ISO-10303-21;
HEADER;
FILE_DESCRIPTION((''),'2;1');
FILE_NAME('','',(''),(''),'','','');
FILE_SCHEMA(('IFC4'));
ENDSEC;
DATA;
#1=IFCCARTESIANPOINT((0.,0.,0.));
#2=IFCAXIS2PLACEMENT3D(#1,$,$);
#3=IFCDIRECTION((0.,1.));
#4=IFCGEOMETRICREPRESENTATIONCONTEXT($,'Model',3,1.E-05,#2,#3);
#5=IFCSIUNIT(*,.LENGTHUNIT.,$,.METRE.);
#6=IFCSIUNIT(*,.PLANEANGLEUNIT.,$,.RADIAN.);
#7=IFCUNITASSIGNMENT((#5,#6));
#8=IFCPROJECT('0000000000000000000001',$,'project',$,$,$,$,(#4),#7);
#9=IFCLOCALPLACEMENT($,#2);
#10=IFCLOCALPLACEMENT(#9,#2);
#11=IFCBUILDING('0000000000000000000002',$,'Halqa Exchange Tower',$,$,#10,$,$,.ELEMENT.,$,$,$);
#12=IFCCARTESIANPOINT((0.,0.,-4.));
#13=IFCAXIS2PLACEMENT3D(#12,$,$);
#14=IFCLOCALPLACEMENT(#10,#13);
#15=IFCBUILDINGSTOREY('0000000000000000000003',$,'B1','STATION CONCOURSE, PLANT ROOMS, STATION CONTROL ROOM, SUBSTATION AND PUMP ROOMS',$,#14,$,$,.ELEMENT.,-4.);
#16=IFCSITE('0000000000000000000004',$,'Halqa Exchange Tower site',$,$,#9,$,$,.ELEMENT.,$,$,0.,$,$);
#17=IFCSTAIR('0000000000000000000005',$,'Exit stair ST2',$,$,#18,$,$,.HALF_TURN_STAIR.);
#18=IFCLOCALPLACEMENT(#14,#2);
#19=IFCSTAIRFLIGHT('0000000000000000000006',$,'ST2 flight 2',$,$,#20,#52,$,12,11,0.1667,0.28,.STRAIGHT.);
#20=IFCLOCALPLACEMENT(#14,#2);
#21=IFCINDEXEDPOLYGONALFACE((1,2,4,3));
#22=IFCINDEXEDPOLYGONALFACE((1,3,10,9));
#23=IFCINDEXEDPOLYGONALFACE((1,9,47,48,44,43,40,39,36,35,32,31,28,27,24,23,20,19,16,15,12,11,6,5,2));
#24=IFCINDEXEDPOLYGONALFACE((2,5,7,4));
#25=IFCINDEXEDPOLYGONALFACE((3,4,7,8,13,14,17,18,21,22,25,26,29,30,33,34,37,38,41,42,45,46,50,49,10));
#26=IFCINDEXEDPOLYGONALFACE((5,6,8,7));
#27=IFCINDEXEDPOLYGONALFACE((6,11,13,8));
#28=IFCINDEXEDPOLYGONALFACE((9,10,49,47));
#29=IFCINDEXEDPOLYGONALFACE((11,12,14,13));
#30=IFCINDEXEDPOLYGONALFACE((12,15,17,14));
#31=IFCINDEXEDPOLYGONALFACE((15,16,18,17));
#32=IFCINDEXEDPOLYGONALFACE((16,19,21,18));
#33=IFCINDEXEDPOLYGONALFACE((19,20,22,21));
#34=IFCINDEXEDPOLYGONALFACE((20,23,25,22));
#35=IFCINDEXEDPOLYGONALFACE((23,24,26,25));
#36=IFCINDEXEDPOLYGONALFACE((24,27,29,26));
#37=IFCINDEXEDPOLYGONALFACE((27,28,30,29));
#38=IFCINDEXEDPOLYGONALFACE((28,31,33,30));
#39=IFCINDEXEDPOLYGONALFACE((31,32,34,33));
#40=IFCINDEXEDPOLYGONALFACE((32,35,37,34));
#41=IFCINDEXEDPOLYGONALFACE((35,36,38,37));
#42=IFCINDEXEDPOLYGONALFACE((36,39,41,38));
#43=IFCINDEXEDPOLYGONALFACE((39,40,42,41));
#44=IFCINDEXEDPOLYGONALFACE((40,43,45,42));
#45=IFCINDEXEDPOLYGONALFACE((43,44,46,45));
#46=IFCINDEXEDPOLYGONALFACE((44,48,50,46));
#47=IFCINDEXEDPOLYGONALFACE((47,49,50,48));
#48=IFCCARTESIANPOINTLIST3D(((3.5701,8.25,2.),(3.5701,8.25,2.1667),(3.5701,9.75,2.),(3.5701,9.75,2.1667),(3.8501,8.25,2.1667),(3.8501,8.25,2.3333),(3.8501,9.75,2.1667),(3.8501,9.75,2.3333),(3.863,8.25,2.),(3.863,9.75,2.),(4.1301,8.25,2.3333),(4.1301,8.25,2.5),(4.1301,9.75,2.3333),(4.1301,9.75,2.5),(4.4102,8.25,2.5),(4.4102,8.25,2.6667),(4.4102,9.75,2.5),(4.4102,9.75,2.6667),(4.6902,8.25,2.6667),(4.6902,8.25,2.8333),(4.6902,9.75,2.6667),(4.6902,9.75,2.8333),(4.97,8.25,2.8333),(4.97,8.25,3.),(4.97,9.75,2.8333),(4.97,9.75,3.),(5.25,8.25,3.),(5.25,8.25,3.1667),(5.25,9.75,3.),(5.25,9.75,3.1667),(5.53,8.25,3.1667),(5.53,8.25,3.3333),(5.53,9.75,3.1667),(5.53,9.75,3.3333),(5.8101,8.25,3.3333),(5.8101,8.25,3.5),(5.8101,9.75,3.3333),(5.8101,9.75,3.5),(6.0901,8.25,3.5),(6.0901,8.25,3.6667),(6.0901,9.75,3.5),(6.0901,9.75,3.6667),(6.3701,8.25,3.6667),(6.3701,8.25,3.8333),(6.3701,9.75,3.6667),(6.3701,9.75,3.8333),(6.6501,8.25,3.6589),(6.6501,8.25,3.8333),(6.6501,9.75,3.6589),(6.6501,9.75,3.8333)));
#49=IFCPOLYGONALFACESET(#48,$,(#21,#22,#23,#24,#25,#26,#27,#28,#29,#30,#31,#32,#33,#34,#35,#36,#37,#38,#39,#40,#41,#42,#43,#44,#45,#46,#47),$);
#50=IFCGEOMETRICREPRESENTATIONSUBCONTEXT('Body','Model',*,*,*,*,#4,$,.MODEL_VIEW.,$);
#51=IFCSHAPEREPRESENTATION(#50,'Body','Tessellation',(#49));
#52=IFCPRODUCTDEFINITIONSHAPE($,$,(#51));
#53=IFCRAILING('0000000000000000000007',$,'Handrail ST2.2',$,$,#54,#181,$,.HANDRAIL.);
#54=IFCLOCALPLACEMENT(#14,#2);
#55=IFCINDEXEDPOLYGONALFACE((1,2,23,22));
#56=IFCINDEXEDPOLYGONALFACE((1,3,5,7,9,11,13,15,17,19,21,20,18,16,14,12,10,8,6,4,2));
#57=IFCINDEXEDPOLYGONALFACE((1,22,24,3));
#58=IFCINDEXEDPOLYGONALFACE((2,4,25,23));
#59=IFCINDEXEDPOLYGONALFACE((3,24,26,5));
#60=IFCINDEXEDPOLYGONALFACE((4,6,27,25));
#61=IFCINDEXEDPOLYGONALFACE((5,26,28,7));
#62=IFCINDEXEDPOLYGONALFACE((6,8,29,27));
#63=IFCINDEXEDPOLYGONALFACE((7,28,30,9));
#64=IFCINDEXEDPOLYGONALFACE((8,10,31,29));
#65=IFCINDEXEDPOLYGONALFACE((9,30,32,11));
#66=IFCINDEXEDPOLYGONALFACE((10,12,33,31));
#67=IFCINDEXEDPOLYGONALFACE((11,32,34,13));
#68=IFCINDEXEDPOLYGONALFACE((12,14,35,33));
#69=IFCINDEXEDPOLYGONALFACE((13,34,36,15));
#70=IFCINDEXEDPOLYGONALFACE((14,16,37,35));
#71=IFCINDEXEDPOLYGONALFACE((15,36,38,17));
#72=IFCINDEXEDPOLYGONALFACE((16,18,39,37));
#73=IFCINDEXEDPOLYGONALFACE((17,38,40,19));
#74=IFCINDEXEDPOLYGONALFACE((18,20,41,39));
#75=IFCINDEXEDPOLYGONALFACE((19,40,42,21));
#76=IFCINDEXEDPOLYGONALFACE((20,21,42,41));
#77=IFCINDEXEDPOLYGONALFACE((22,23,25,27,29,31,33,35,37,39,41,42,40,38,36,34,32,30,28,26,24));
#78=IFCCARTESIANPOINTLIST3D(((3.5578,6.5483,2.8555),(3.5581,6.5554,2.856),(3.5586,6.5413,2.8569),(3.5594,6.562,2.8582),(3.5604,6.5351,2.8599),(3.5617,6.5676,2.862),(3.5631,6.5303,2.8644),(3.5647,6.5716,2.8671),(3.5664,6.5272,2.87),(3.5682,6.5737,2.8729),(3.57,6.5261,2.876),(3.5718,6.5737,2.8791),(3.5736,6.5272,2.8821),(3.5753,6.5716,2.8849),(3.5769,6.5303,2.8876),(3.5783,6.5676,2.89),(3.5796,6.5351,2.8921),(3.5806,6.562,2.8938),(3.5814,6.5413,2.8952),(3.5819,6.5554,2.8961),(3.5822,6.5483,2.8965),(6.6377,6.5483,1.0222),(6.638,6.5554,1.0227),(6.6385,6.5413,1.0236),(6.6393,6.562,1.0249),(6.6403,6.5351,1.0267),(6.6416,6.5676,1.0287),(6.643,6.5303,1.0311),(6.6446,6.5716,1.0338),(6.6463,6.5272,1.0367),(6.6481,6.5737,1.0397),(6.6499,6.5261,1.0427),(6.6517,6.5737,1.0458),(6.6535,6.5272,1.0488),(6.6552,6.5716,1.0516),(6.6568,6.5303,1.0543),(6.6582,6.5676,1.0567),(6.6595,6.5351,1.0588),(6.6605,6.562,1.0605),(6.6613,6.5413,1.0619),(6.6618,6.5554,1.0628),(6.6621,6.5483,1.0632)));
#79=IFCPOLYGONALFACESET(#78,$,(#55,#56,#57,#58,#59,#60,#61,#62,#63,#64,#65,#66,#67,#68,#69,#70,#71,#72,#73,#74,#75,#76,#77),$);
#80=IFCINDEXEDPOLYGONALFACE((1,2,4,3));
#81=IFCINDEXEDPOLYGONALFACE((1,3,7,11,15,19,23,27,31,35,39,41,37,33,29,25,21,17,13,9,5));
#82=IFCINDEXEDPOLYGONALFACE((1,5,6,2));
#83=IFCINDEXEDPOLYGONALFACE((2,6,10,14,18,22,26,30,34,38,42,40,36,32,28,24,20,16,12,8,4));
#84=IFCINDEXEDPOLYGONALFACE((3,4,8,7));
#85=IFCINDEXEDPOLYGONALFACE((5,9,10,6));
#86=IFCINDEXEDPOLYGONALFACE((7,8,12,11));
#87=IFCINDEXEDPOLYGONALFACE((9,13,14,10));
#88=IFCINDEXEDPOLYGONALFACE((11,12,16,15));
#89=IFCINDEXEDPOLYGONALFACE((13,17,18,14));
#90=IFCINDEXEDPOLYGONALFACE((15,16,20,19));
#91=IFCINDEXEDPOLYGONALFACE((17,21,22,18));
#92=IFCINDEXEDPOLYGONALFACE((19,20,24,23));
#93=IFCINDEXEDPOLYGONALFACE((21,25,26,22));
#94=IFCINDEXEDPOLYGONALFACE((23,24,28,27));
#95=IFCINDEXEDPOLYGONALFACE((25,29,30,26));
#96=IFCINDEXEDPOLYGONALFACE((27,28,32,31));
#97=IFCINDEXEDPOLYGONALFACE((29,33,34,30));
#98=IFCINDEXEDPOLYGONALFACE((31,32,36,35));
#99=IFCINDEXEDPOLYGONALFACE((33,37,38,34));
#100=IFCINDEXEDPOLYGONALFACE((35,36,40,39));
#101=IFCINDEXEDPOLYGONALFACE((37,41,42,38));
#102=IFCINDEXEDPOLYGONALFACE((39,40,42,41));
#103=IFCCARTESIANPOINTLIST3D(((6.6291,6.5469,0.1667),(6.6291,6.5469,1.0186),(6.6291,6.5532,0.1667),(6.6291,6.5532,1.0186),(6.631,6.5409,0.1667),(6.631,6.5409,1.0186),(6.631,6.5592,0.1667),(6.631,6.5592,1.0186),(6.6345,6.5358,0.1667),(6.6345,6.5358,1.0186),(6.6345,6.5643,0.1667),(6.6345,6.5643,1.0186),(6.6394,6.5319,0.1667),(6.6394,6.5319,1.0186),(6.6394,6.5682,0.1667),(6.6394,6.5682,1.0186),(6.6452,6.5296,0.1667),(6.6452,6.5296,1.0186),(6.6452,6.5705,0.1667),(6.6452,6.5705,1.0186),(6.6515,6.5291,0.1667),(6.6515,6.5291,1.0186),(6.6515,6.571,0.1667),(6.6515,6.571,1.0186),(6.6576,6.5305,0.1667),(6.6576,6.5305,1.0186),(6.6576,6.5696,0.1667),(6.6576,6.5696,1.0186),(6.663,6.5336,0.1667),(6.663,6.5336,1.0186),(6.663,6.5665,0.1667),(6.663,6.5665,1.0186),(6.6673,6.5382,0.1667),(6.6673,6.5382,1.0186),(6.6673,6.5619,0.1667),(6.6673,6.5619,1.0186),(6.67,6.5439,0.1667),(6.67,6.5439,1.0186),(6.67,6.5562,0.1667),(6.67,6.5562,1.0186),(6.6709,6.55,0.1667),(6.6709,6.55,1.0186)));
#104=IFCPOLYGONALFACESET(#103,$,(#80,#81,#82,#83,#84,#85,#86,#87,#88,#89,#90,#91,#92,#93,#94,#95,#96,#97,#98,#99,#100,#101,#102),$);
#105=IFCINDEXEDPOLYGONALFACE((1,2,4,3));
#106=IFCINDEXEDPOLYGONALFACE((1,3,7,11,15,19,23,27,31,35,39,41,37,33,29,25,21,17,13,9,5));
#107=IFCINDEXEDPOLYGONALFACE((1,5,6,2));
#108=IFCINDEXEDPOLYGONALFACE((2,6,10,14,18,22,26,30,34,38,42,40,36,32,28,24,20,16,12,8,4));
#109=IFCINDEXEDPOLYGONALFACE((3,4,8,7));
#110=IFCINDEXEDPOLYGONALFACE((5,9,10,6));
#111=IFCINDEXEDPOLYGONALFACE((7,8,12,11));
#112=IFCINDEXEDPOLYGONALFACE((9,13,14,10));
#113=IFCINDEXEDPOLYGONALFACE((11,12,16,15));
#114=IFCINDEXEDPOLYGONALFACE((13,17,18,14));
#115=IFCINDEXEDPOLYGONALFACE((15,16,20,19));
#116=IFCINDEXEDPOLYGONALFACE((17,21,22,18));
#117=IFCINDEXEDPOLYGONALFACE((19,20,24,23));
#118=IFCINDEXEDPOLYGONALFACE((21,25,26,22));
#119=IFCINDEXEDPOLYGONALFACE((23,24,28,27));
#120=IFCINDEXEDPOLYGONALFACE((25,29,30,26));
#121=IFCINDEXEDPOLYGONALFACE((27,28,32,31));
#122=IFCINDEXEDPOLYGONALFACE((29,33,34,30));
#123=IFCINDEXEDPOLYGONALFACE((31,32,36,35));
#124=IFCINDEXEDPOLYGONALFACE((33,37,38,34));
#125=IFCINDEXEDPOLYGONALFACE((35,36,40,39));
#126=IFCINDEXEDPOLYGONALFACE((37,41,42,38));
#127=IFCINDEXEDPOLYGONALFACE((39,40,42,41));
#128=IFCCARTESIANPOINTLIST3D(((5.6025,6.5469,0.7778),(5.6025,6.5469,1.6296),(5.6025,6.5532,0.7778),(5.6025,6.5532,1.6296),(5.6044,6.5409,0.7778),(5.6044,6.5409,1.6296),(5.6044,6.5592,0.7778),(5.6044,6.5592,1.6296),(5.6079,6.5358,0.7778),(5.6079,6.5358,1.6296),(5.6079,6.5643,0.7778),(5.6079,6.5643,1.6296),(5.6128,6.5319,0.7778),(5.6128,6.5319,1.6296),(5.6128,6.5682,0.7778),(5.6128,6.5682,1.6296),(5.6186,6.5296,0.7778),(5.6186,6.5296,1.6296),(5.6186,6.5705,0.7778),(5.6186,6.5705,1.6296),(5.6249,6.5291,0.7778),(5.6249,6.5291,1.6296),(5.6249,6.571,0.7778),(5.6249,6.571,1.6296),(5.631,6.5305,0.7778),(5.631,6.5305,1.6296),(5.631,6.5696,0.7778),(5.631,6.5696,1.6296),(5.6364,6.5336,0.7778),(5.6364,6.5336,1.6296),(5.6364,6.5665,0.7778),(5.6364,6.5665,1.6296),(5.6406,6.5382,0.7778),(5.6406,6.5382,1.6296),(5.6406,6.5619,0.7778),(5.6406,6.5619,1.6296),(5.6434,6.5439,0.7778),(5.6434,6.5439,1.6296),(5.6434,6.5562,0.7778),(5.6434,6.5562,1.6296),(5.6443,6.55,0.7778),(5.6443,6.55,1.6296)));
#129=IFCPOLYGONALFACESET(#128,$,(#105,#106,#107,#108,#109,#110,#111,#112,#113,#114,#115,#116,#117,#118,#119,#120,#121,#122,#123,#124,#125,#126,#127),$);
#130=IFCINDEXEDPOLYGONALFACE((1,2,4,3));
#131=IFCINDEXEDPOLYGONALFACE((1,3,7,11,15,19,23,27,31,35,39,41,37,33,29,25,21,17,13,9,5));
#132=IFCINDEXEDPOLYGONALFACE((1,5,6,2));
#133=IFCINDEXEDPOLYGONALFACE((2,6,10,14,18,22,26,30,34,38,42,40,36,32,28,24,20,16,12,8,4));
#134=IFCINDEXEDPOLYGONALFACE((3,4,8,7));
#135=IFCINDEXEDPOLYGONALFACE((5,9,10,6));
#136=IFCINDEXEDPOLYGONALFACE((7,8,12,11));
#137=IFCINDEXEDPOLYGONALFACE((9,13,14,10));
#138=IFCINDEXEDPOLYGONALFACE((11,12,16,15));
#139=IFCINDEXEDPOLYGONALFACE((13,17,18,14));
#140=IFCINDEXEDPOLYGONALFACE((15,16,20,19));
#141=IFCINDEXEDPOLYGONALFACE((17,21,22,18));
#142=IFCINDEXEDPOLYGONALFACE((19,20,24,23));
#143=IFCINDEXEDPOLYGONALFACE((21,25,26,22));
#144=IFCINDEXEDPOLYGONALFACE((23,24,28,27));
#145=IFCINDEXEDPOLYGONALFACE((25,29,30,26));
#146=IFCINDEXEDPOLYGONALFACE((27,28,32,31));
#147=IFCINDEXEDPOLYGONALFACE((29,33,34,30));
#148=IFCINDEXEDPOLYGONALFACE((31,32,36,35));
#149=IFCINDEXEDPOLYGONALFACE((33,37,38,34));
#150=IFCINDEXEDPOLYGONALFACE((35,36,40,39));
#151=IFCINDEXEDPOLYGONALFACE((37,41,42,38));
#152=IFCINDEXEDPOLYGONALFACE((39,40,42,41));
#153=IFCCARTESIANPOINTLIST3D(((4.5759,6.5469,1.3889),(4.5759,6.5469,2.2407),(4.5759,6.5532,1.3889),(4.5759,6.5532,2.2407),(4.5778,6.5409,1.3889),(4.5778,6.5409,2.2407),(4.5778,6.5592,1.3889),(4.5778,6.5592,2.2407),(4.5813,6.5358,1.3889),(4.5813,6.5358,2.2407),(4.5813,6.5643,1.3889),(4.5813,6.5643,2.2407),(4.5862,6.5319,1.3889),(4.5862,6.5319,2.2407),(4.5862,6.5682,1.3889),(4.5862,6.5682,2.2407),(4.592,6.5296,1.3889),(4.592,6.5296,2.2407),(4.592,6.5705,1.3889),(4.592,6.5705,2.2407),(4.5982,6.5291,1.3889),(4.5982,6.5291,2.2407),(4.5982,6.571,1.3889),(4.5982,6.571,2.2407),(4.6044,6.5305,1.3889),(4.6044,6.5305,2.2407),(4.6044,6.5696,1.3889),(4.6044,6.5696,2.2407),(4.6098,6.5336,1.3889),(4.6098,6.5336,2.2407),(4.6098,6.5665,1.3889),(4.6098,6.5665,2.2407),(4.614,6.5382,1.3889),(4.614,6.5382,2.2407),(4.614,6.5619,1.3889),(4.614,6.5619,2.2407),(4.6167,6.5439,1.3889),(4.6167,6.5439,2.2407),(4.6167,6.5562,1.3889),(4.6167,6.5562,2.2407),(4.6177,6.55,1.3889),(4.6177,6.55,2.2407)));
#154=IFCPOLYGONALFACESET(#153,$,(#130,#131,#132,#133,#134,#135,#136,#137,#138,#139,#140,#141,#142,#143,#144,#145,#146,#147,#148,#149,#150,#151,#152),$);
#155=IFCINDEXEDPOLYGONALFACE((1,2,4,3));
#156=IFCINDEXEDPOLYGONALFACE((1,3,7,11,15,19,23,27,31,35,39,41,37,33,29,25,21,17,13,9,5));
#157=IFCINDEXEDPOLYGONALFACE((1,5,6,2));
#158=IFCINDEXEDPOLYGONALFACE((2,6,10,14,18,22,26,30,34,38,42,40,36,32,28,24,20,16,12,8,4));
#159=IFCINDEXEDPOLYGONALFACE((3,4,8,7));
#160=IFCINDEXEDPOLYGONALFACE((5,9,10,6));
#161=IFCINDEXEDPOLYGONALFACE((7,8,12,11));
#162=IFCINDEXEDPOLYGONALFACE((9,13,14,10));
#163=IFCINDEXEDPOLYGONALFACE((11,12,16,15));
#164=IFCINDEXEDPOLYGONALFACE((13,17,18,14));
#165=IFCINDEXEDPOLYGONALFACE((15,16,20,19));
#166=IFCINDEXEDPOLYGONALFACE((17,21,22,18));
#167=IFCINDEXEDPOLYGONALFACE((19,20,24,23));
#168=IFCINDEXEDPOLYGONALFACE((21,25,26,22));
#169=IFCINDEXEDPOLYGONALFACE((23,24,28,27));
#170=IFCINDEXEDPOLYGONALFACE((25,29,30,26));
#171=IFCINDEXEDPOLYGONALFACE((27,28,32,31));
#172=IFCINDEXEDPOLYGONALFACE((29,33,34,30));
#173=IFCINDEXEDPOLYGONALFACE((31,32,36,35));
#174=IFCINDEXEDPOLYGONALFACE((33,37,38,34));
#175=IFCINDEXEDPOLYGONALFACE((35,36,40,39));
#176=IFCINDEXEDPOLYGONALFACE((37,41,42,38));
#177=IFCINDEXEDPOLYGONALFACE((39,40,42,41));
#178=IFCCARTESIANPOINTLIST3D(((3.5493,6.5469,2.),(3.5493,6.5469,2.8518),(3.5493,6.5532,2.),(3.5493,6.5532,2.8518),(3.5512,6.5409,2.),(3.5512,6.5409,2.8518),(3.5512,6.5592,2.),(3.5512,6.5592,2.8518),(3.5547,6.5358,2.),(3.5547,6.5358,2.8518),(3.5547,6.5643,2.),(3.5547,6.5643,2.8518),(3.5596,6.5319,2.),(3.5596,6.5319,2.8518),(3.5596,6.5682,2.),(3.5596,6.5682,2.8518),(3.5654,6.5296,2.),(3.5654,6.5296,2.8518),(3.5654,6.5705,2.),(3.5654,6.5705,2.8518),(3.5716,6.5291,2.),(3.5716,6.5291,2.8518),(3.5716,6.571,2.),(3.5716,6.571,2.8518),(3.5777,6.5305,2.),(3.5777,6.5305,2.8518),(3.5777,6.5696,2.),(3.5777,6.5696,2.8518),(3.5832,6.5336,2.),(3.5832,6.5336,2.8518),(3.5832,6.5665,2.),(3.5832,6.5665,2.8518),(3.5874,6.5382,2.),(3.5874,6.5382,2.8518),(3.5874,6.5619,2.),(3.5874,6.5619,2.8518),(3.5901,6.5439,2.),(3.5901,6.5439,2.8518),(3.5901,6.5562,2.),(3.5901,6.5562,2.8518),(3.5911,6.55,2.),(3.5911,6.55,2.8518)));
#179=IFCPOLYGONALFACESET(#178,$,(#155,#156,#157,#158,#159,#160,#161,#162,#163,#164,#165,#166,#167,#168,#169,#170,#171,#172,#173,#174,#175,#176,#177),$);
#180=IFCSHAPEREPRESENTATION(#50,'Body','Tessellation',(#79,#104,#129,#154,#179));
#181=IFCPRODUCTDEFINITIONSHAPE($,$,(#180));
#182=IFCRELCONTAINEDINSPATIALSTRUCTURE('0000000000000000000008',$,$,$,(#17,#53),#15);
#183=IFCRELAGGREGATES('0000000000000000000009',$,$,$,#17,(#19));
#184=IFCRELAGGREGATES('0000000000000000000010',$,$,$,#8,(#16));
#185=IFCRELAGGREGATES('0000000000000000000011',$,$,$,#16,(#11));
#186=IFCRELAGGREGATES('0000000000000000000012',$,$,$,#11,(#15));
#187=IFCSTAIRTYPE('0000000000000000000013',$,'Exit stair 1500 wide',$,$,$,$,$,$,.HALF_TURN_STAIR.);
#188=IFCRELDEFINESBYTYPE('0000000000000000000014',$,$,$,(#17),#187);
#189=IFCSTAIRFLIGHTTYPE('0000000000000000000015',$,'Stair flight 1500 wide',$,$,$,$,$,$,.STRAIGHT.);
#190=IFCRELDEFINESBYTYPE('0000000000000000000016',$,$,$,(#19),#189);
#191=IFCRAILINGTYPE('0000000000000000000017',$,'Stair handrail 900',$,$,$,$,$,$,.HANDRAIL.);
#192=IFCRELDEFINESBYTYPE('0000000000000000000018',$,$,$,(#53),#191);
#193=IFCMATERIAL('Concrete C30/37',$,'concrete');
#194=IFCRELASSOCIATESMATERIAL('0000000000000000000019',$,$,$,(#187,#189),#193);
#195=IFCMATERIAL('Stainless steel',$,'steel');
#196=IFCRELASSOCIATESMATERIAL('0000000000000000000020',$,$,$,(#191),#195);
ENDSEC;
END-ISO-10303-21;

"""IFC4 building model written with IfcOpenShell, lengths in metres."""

from ifc_helpers import new_model, si_unit, direction, frame, origin, origin_2d, place, context, subcontext, project, spatial, polyline, circle, outline, extrude, material, type_object, element, aggregate, save


model = new_model("IFC4")

# Units and contexts
model_context = context("Model", 3, precision=1e-05, world=origin(), true_north=direction((0.0, 1.0)))
body_context = subcontext(model_context, "Body", "Model", "MODEL_VIEW")
ifc_project = project(units=[si_unit("LENGTHUNIT", "METRE"), si_unit("PLANEANGLEUNIT", "RADIAN")], contexts=[model_context])

# Site, building, storey
site_placement = place(None, origin())
site = spatial("IfcSite", under=ifc_project, at=site_placement, Name="Halqa Exchange Tower site", CompositionType="ELEMENT", RefElevation=0.0)
building_placement = place(site_placement, origin())
building = spatial("IfcBuilding", under=site, at=building_placement, Name="Halqa Exchange Tower", CompositionType="ELEMENT")
storey_placement = place(building_placement, frame((0.0, 0.0, -4.0)))
storey = spatial("IfcBuildingStorey", under=building, at=storey_placement, Name="B1", Description="STATION CONCOURSE, PLANT ROOMS, STATION CONTROL ROOM, SUBSTATION AND PUMP ROOMS", CompositionType="ELEMENT", Elevation=-4.0)

# Stair
ifc_material_1 = material(Name="Concrete C30/37", Category="concrete")
stair_type_1 = type_object("IfcStairType", Name="Exit stair 1500 wide", PredefinedType="HALF_TURN_STAIR", material=ifc_material_1)
stair_1_placement = place(storey_placement, origin())
stair_1 = element("IfcStair", 1, at=stair_1_placement, inside=storey, type_object=stair_type_1, Name="Exit stair ST2", PredefinedType="HALF_TURN_STAIR")

# Stair flight
stair_flight_type = type_object("IfcStairFlightType", Name="Stair flight 1500 wide", PredefinedType="STRAIGHT", material=ifc_material_1)
stair_flight_1_placement = place(storey_placement, frame((3.5701, 9.0, 2.0), z_axis=(0.0, 0.0, 1.0), x_axis=(1.0, 0.0, 0.0)))
stair_flight_1 = element("IfcStairFlight", 2, at=stair_flight_1_placement, type_object=stair_flight_type, Name="ST2 flight 2", NumberOfRisers=12, NumberOfTreads=11, PredefinedType="STRAIGHT", RiserHeight=0.1667, TreadLength=0.28, context=body_context, shape_type="SweptSolid", body=[
    extrude(outline(polyline([(0.0, 0.0), (0.0, 0.1667), (0.28, 0.1667), (0.28, 0.3333), (0.5601, 0.3333), (0.5601, 0.5), (0.8401, 0.5), (0.8401, 0.6667), (1.1201, 0.6667), (1.1201, 0.8333), (1.3999, 0.8333), (1.3999, 1.0), (1.6799, 1.0), (1.6799, 1.1667), (1.96, 1.1667), (1.96, 1.3333), (2.24, 1.3333), (2.24, 1.5), (2.52, 1.5), (2.52, 1.6667), (2.8, 1.6667), (2.8, 1.8333), (3.0801, 1.8333), (3.0801, 2.0), (3.0801, 1.6589), (0.293, 0.0), (0.0, 0.0)])), frame((0.0, 0.75, 0.0), z_axis=(0.0, -1.0, 0.0), x_axis=(1.0, 0.0, 0.0)), (0.0, 0.0, 1.0), 1.5),
])
aggregate(stair_1, [stair_flight_1])

# Railing
ifc_material_2 = material(Name="Stainless steel", Category="steel")
railing_type = type_object("IfcRailingType", Name="Stair handrail 900", PredefinedType="HANDRAIL", material=ifc_material_2)
railing_1_placement = place(storey_placement, frame((6.6499, 6.55, 0.1667)))
element("IfcRailing", 3, at=railing_1_placement, inside=storey, type_object=railing_type, Name="Handrail ST2.2", PredefinedType="HANDRAIL", context=body_context, shape_type="SweptSolid", body=[
    extrude(circle(Radius=0.0239, at=origin_2d()), frame((0.0, 0.0, 0.876), z_axis=(-0.859291, 0.0, 0.511487), x_axis=(0.0, -1.0, 0.0)), (0.0, 0.0, 1.0), 3.5842),
    extrude(circle(Radius=0.021, at=origin_2d()), origin(), (0.0, 0.0, 1.0), 0.8518),
    extrude(circle(Radius=0.021, at=origin_2d()), frame((-1.0266, 0.0, 0.6111)), (0.0, 0.0, 1.0), 0.8518),
    extrude(circle(Radius=0.021, at=origin_2d()), frame((-2.0532, 0.0, 1.2222)), (0.0, 0.0, 1.0), 0.8518),
    extrude(circle(Radius=0.021, at=origin_2d()), frame((-3.0798, 0.0, 1.8333)), (0.0, 0.0, 1.0), 0.8518),
])

save(model, "model.ifc")
